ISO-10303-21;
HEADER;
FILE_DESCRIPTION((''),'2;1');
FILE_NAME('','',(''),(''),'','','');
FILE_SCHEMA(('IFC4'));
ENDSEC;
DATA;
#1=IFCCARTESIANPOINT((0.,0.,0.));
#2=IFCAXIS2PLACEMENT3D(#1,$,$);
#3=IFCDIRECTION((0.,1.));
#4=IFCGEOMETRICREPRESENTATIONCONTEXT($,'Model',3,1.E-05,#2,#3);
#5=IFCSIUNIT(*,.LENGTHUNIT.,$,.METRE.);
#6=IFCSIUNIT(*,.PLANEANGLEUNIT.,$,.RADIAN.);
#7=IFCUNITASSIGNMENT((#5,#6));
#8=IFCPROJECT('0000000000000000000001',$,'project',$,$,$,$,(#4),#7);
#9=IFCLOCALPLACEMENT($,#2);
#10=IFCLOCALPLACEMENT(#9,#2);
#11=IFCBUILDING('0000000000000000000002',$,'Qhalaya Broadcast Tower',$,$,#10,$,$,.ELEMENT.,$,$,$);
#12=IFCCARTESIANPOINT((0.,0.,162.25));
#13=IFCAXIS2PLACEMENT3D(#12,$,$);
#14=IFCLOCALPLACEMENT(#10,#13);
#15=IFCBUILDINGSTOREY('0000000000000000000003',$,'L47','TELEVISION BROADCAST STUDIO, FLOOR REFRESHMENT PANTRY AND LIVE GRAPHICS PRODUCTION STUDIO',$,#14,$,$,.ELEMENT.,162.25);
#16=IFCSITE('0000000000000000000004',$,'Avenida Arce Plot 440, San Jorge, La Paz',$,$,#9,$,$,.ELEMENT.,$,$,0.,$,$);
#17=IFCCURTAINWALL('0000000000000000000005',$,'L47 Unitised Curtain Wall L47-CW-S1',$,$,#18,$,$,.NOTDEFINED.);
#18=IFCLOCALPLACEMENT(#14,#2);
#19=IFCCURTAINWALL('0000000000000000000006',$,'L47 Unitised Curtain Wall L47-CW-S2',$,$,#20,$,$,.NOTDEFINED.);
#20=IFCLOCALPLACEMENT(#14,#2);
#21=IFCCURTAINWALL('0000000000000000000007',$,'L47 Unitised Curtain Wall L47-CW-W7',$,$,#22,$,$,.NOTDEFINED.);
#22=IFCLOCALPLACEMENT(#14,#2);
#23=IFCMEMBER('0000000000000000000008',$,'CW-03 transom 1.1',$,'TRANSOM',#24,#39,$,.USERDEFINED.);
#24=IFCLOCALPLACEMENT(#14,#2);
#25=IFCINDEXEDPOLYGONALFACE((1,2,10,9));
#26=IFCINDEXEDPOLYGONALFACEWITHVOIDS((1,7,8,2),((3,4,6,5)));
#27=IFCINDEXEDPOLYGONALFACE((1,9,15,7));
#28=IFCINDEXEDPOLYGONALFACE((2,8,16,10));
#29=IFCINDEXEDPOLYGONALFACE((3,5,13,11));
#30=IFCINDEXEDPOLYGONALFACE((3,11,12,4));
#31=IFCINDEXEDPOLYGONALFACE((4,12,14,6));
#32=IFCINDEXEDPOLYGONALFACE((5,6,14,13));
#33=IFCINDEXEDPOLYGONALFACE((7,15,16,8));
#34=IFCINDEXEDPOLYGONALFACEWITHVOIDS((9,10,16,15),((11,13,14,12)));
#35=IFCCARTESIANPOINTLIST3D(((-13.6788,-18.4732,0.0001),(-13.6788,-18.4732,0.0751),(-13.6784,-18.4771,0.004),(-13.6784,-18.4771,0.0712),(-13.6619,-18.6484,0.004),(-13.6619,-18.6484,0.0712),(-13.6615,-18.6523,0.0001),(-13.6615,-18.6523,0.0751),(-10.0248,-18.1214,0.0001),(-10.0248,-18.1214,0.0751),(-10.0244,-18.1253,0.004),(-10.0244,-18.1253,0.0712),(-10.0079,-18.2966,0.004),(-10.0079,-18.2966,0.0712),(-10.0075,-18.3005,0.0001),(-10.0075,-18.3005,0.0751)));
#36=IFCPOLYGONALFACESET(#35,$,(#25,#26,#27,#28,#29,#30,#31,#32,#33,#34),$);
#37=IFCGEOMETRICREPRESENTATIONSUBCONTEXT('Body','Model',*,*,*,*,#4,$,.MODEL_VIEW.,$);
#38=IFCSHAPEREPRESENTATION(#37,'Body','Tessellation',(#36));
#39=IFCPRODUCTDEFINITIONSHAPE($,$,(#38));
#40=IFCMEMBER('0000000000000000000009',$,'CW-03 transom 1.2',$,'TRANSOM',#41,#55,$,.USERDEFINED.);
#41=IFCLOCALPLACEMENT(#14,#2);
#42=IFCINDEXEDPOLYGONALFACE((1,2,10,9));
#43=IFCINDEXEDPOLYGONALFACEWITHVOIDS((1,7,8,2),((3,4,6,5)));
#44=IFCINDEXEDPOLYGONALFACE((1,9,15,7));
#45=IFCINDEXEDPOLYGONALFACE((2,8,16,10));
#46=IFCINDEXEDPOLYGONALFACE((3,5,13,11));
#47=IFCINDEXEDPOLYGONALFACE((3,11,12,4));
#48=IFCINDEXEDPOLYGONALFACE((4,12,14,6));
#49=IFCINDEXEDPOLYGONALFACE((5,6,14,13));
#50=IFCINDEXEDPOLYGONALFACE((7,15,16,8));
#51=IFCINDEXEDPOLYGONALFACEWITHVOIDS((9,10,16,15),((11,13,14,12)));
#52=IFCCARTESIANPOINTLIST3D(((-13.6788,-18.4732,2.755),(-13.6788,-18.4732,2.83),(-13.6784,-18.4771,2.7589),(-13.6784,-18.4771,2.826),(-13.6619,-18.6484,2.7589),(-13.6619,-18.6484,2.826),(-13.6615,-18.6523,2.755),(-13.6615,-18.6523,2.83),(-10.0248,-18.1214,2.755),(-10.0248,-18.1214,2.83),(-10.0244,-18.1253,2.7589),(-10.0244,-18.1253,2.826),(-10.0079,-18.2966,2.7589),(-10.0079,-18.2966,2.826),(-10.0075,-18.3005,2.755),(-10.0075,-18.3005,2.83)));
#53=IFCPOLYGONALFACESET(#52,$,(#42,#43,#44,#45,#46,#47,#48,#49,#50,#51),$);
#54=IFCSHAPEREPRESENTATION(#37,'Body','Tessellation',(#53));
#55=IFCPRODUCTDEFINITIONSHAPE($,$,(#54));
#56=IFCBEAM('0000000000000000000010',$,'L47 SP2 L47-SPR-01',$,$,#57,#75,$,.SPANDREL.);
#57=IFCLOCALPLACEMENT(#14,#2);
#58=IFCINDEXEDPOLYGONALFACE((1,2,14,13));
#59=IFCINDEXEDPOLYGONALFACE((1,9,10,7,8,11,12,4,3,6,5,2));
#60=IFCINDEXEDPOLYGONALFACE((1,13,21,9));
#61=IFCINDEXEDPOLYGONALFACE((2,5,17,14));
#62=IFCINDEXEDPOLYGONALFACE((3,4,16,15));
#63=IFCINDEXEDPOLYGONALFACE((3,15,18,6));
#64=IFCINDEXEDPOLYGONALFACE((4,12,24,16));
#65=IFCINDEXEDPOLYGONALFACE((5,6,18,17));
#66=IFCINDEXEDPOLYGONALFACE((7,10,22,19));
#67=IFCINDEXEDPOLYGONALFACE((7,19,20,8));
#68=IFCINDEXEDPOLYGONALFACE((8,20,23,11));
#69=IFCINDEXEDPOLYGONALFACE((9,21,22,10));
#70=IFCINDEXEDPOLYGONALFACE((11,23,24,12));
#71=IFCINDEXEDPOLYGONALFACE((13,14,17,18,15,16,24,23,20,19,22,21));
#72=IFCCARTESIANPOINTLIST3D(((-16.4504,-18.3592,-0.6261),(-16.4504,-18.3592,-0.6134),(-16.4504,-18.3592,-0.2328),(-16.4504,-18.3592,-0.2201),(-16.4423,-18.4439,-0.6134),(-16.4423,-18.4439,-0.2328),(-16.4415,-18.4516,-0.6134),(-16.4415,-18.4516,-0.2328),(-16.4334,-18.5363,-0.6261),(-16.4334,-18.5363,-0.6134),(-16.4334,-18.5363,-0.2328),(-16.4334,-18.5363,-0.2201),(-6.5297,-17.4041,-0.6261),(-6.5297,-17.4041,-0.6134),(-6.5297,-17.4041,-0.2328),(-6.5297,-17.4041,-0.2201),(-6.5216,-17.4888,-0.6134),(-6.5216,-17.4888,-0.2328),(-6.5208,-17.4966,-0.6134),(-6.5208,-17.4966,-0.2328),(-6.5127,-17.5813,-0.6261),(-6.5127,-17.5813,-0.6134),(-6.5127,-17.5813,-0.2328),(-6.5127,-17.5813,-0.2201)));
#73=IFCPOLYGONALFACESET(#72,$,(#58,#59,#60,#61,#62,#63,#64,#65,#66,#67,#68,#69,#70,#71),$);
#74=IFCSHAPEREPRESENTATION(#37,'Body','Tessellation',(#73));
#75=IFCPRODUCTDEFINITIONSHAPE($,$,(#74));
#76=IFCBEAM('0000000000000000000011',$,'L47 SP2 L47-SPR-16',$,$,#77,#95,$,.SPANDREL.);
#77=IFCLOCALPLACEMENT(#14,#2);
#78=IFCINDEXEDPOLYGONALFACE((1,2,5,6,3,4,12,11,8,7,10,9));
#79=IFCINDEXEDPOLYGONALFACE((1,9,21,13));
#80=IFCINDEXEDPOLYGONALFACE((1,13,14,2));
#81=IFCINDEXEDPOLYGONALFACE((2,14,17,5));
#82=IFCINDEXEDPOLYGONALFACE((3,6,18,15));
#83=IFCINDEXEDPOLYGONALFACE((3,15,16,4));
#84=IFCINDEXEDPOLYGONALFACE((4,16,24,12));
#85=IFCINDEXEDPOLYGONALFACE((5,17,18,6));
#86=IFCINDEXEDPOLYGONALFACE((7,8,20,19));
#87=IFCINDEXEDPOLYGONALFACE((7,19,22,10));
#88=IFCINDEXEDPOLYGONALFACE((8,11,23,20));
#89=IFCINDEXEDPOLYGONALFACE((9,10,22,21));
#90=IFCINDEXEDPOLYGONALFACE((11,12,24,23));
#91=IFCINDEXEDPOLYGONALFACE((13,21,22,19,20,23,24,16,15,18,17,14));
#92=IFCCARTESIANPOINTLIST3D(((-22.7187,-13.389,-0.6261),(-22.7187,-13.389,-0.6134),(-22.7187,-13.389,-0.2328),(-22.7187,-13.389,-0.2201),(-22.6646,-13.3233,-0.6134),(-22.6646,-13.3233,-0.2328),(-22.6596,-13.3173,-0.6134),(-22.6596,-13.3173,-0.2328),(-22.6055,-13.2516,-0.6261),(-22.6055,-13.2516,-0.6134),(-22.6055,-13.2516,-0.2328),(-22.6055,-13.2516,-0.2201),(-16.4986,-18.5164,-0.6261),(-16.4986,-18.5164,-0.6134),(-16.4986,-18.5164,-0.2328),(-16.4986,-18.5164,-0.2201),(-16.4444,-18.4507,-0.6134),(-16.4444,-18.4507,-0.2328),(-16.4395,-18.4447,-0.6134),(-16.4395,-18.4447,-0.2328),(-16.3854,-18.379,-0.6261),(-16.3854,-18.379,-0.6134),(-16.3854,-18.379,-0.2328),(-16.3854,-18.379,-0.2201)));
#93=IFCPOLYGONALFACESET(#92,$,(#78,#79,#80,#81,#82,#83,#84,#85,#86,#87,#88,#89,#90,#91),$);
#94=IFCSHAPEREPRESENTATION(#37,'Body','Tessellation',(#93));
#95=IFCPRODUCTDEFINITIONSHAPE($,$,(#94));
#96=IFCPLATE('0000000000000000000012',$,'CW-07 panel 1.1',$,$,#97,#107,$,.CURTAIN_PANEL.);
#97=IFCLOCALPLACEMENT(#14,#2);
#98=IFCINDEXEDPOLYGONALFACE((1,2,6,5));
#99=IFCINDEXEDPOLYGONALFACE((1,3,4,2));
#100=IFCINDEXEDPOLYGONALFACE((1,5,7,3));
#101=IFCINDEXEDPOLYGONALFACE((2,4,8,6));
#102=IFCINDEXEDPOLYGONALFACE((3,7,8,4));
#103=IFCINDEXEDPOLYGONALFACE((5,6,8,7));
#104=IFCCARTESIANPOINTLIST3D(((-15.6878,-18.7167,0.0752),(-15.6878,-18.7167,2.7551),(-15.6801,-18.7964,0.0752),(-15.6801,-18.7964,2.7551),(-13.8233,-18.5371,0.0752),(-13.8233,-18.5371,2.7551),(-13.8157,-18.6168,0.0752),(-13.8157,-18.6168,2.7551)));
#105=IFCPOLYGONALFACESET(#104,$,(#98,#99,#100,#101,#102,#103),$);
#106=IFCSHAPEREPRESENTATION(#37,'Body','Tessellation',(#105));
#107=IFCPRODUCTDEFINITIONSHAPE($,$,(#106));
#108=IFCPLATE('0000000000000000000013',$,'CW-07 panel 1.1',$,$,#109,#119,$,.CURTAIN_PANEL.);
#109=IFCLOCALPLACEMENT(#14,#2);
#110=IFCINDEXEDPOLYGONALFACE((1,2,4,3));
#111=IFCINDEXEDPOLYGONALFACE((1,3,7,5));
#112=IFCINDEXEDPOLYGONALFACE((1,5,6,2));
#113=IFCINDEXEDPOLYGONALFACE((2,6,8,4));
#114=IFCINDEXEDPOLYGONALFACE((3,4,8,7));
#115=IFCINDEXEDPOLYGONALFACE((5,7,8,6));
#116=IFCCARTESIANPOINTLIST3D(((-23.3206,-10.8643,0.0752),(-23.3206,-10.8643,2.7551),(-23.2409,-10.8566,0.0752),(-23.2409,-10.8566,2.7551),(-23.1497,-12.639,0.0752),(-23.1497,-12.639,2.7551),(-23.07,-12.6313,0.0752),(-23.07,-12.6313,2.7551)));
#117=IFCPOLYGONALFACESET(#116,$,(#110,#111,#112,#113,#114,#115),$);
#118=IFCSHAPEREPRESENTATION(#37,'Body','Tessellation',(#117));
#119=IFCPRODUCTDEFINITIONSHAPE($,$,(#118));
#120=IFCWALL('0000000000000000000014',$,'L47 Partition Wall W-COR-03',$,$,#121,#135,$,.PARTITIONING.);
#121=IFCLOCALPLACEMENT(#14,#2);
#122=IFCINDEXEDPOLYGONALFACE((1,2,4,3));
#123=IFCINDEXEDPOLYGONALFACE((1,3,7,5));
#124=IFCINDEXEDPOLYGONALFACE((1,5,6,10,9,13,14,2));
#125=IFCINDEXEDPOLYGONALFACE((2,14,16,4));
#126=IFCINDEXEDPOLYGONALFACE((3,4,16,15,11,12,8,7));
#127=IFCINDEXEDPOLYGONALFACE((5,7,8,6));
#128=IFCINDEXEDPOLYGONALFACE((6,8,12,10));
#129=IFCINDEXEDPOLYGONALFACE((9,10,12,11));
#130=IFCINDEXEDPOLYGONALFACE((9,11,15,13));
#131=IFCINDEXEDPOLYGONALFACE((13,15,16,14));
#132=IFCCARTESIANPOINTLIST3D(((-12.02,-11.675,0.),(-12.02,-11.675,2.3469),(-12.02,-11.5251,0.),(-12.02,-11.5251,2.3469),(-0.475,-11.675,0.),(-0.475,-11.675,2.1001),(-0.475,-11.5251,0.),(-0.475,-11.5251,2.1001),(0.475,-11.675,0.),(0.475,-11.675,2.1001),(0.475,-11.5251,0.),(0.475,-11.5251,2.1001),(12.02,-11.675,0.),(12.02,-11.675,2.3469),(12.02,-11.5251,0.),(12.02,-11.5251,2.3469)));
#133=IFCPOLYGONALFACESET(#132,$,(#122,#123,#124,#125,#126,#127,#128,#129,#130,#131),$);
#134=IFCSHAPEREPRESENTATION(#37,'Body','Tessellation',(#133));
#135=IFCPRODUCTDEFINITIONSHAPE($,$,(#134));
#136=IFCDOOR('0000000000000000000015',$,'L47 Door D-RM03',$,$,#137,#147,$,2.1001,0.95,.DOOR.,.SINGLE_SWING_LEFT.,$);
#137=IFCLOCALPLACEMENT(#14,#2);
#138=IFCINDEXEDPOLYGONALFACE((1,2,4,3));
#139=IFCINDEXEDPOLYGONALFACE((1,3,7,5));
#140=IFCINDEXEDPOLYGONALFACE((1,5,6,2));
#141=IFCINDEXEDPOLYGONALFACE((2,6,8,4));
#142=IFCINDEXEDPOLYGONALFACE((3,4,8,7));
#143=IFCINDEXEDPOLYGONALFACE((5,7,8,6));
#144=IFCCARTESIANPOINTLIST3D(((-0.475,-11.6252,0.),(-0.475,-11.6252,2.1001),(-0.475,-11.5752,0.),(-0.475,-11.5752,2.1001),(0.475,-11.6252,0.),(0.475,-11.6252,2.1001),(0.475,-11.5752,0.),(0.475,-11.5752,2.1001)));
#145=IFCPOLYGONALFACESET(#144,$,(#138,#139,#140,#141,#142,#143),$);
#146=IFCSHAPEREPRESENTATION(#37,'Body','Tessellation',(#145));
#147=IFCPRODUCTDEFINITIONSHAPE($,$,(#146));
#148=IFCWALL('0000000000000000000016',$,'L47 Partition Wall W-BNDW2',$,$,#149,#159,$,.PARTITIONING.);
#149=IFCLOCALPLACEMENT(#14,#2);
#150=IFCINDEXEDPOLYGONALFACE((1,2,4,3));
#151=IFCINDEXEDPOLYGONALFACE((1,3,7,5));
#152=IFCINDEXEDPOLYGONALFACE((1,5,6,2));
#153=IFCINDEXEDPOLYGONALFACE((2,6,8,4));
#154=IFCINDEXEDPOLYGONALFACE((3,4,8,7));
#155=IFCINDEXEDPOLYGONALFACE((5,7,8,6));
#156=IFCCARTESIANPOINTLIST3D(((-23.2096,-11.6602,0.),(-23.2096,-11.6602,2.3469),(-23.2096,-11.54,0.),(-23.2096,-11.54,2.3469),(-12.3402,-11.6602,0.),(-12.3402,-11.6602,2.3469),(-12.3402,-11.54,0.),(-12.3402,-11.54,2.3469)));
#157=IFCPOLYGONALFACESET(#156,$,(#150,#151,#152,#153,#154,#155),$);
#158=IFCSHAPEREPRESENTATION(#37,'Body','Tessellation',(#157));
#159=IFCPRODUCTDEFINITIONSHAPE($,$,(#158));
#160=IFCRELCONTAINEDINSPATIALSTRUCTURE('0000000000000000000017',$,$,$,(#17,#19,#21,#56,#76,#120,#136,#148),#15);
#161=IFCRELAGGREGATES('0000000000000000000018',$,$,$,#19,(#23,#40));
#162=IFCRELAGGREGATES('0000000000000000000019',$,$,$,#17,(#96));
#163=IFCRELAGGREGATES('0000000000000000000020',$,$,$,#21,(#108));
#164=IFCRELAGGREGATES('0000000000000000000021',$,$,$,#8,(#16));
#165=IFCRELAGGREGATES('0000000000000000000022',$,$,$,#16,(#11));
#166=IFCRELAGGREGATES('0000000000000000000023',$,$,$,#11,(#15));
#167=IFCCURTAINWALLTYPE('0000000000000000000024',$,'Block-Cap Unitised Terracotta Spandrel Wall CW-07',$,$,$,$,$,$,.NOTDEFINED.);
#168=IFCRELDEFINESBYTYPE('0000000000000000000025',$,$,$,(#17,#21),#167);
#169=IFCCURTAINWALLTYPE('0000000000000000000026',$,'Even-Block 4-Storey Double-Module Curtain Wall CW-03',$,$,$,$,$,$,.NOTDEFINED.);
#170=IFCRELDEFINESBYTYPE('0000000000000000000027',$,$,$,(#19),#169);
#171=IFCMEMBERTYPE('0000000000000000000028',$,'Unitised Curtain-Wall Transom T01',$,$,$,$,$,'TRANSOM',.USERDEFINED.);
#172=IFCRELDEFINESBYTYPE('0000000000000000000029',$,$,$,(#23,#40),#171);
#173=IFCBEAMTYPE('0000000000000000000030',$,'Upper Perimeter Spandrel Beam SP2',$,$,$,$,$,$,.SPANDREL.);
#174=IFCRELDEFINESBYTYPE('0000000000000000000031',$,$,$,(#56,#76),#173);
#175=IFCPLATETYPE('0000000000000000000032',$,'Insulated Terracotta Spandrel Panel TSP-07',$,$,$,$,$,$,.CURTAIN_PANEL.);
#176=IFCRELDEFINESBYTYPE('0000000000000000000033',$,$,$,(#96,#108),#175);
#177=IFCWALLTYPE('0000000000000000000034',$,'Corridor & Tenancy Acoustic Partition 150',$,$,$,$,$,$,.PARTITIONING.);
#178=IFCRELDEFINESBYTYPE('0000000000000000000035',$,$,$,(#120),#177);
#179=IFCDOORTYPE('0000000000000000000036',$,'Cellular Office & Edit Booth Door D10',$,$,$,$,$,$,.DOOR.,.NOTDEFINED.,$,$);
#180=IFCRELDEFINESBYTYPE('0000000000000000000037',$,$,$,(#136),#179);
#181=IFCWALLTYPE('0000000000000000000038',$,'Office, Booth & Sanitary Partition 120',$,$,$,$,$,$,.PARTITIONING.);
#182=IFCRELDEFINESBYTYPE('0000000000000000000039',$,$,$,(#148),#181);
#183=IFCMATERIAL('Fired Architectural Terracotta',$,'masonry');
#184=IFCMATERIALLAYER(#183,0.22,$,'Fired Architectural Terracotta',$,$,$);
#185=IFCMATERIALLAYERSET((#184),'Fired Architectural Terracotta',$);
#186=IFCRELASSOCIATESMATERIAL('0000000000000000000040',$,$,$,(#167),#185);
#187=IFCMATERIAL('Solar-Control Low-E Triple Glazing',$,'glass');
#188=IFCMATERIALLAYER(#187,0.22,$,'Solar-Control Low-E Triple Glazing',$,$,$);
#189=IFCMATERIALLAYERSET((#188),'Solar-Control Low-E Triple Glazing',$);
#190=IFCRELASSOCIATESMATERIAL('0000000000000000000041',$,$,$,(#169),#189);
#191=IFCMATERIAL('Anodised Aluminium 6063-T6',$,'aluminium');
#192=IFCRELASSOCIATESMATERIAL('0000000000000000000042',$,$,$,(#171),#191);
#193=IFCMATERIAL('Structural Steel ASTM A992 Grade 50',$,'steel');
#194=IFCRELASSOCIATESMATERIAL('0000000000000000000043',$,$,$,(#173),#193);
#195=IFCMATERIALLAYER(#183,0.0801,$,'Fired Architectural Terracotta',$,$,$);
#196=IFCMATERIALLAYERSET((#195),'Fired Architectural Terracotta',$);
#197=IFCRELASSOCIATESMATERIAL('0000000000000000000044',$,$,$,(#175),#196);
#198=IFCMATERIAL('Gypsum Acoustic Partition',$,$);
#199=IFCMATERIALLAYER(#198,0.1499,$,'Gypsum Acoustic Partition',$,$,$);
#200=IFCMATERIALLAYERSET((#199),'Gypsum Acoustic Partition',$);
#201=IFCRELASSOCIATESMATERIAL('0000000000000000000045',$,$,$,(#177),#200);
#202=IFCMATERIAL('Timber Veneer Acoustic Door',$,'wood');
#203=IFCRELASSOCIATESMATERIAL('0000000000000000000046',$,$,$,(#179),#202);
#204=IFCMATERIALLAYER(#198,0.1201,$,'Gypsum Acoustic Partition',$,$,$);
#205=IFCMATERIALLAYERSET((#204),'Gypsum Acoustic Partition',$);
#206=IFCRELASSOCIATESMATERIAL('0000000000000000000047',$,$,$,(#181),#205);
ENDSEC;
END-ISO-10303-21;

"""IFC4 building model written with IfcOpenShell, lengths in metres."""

from ifc_helpers import new_model, si_unit, direction, frame, frame_2d, origin, origin_2d, place, context, subcontext, project, spatial, rectangle, hollow_rectangle, i_section, extrude, material, layer, layer_set, material_profile, profile_set, type_object, element, fill, aggregate, save


model = new_model("IFC4")

# Units and contexts
model_context = context("Model", 3, precision=1e-05, world=origin(), true_north=direction((0.0, 1.0)))
body_context = subcontext(model_context, "Body", "Model", "MODEL_VIEW")
ifc_project = project(units=[si_unit("LENGTHUNIT", "METRE"), si_unit("PLANEANGLEUNIT", "RADIAN")], contexts=[model_context])

# Site, building, storey
site_placement = place(None, origin())
site = spatial("IfcSite", under=ifc_project, at=site_placement, Name="Avenida Arce Plot 440, San Jorge, La Paz", CompositionType="ELEMENT", RefElevation=0.0)
building_placement = place(site_placement, origin())
building = spatial("IfcBuilding", under=site, at=building_placement, Name="Qhalaya Broadcast Tower", CompositionType="ELEMENT")
storey_placement = place(building_placement, frame((0.0, 0.0, 162.25)))
storey = spatial("IfcBuildingStorey", under=building, at=storey_placement, Name="L47", Description="TELEVISION BROADCAST STUDIO, FLOOR REFRESHMENT PANTRY AND LIVE GRAPHICS PRODUCTION STUDIO", CompositionType="ELEMENT", Elevation=162.25)

# Shared definitions
ifc_material_1 = material(Name="Structural Steel ASTM A992 Grade 50", Category="steel")

# Curtain wall
ifc_material_2 = material(Name="Fired Architectural Terracotta", Category="masonry")
ifc_layer_1 = layer(ifc_material_2, 0.22, Name="Fired Architectural Terracotta")
ifc_layer_set_1 = layer_set([ifc_layer_1], Name="Fired Architectural Terracotta")
curtain_wall_type_1 = type_object("IfcCurtainWallType", Name="Block-Cap Unitised Terracotta Spandrel Wall CW-07", PredefinedType="NOTDEFINED", material=ifc_layer_set_1)
curtain_wall_1_placement = place(storey_placement, origin())
curtain_wall_1 = element("IfcCurtainWall", 1, at=curtain_wall_1_placement, inside=storey, type_object=curtain_wall_type_1, Name="L47 Unitised Curtain Wall L47-CW-S1", PredefinedType="NOTDEFINED")
ifc_material_3 = material(Name="Anodised Aluminium 6063-T6", Category="aluminium")

# Curtain walls
ifc_material_4 = material(Name="Solar-Control Low-E Triple Glazing", Category="glass")
ifc_layer_2 = layer(ifc_material_4, 0.22, Name="Solar-Control Low-E Triple Glazing")
ifc_layer_set_2 = layer_set([ifc_layer_2], Name="Solar-Control Low-E Triple Glazing")
curtain_wall_type_2 = type_object("IfcCurtainWallType", Name="Even-Block 4-Storey Double-Module Curtain Wall CW-03", PredefinedType="NOTDEFINED", material=ifc_layer_set_2)
curtain_wall_2_placement = place(storey_placement, origin())
curtain_wall_2 = element("IfcCurtainWall", 2, at=curtain_wall_2_placement, inside=storey, type_object=curtain_wall_type_2, Name="L47 Unitised Curtain Wall L47-CW-S2", PredefinedType="NOTDEFINED")
curtain_wall_3_placement = place(storey_placement, origin())
curtain_wall_3 = element("IfcCurtainWall", 3, at=curtain_wall_3_placement, inside=storey, type_object=curtain_wall_type_1, Name="L47 Unitised Curtain Wall L47-CW-W7", PredefinedType="NOTDEFINED")

# Members
ifc_material_profile_1 = material_profile(ifc_material_3, hollow_rectangle(XDim=0.075, YDim=0.1799, WallThickness=0.0039, at=origin_2d()), Name="ALU-TRN 75x180x4")
ifc_profile_set_1 = profile_set([ifc_material_profile_1], Name="Anodised Aluminium 6063-T6")
member_type_1 = type_object("IfcMemberType", Name="Unitised Curtain-Wall Transom T01", ElementType="TRANSOM", PredefinedType="USERDEFINED", material=ifc_profile_set_1)
member_1_placement = place(storey_placement, frame((-13.6702, -18.5627, 0.0376), z_axis=(0.995397, 0.095835, 0.0), x_axis=(0.0, 0.0, 1.0)))
member_1 = element("IfcMember", 4, at=member_1_placement, type_object=member_type_1, Name="CW-03 transom 1.1", ObjectType="TRANSOM", PredefinedType="USERDEFINED", context=body_context, shape_type="SweptSolid", body=[
    extrude(hollow_rectangle(XDim=0.075, YDim=0.1799, WallThickness=0.0039, at=origin_2d()), origin(), (0.0, 0.0, 1.0), 3.6709),
])
member_2_placement = place(storey_placement, frame((-13.6702, -18.5627, 2.7925), z_axis=(0.995397, 0.095835, 0.0), x_axis=(0.0, 0.0, 1.0)))
member_2 = element("IfcMember", 5, at=member_2_placement, type_object=member_type_1, Name="CW-03 transom 1.2", ObjectType="TRANSOM", PredefinedType="USERDEFINED", context=body_context, shape_type="SweptSolid", body=[
    extrude(hollow_rectangle(XDim=0.075, YDim=0.1799, WallThickness=0.0039, at=origin_2d()), origin(), (0.0, 0.0, 1.0), 3.6709),
])
aggregate(curtain_wall_2, [member_1, member_2])

# Beams
ifc_material_profile_2 = material_profile(ifc_material_1, i_section(OverallWidth=0.178, OverallDepth=0.406, WebThickness=0.0078, FlangeThickness=0.0127, at=origin_2d()), Name="W16X40")
ifc_profile_set_2 = profile_set([ifc_material_profile_2], Name="Structural Steel ASTM A992 Grade 50")
beam_type_1 = type_object("IfcBeamType", Name="Upper Perimeter Spandrel Beam SP2", PredefinedType="SPANDREL", material=ifc_profile_set_2)
beam_1_placement = place(storey_placement, frame((-16.4419, -18.4478, -0.4231), z_axis=(0.995398, 0.095829, 0.0), x_axis=(-0.095829, 0.995398, 0.0)))
element("IfcBeam", 6, at=beam_1_placement, inside=storey, type_object=beam_type_1, Name="L47 SP2 L47-SPR-01", PredefinedType="SPANDREL", context=body_context, shape_type="SweptSolid", body=[
    extrude(i_section(OverallWidth=0.178, OverallDepth=0.406, WebThickness=0.0078, FlangeThickness=0.0127, at=origin_2d()), origin(), (0.0, 0.0, 1.0), 9.9666),
])
beam_2_placement = place(storey_placement, frame((-22.6621, -13.3203, -0.4231), z_axis=(0.771631, -0.63607, 0.0), x_axis=(0.63607, 0.771631, 0.0)))
element("IfcBeam", 7, at=beam_2_placement, inside=storey, type_object=beam_type_1, Name="L47 SP2 L47-SPR-16", PredefinedType="SPANDREL", context=body_context, shape_type="SweptSolid", body=[
    extrude(i_section(OverallWidth=0.178, OverallDepth=0.406, WebThickness=0.0078, FlangeThickness=0.0127, at=origin_2d()), origin(), (0.0, 0.0, 1.0), 8.061),
])

# Plates
ifc_layer_3 = layer(ifc_material_2, 0.0801, Name="Fired Architectural Terracotta")
ifc_layer_set_3 = layer_set([ifc_layer_3], Name="Fired Architectural Terracotta")
plate_type = type_object("IfcPlateType", Name="Insulated Terracotta Spandrel Panel TSP-07", PredefinedType="CURTAIN_PANEL", material=ifc_layer_set_3)
plate_1_placement = place(storey_placement, frame((-14.7517, -18.6667, 0.0752), z_axis=(0.0, 0.0, 1.0), x_axis=(0.995396, 0.095847, 0.0)))
plate_1 = element("IfcPlate", 8, at=plate_1_placement, type_object=plate_type, Name="CW-07 panel 1.1", PredefinedType="CURTAIN_PANEL", context=body_context, shape_type="SweptSolid", body=[
    extrude(rectangle(XDim=1.873, YDim=0.0801, at=origin_2d()), origin(), (0.0, 0.0, 1.0), 2.6799),
])
aggregate(curtain_wall_1, [plate_1])
plate_2_placement = place(storey_placement, frame((-23.1953, -11.7478, 0.0752), z_axis=(0.0, 0.0, 1.0), x_axis=(0.095861, -0.995395, 0.0)))
plate_2 = element("IfcPlate", 9, at=plate_2_placement, type_object=plate_type, Name="CW-07 panel 1.1", PredefinedType="CURTAIN_PANEL", context=body_context, shape_type="SweptSolid", body=[
    extrude(rectangle(XDim=1.783, YDim=0.0801, at=origin_2d()), origin(), (0.0, 0.0, 1.0), 2.6799),
])
aggregate(curtain_wall_3, [plate_2])

# Wall, opening, door
ifc_material_5 = material(Name="Gypsum Acoustic Partition")
ifc_layer_4 = layer(ifc_material_5, 0.1499, Name="Gypsum Acoustic Partition")
ifc_layer_set_4 = layer_set([ifc_layer_4], Name="Gypsum Acoustic Partition")
wall_type_1 = type_object("IfcWallType", Name="Corridor & Tenancy Acoustic Partition 150", PredefinedType="PARTITIONING", material=ifc_layer_set_4)
wall_1_placement = place(storey_placement, frame((-12.02, -11.6001, 0.0), z_axis=(0.0, 0.0, 1.0), x_axis=(1.0, 0.0, 0.0)))
wall_1 = element("IfcWall", 10, at=wall_1_placement, inside=storey, type_object=wall_type_1, Name="L47 Partition Wall W-COR-03", PredefinedType="PARTITIONING", context=body_context, shape_type="SweptSolid", body=[
    extrude(rectangle(XDim=24.04, YDim=0.1499, at=frame_2d((12.02, 0.0))), origin(), (0.0, 0.0, 1.0), 2.3469),
])
opening_placement = place(wall_1_placement, frame((11.5449, 0.0, 0.0)))
opening = element("IfcOpeningElement", 11, at=opening_placement, cuts=wall_1, PredefinedType="OPENING", context=body_context, shape_type="SweptSolid", body=[
    extrude(rectangle(XDim=0.95, YDim=2.1001, at=frame_2d((0.4751, 1.05))), frame((0.0, 0.0869, 0.0), z_axis=(0.0, -1.0, 0.0), x_axis=(1.0, 0.0, 0.0)), (0.0, 0.0, 1.0), 0.1738),
])
ifc_material_6 = material(Name="Timber Veneer Acoustic Door", Category="wood")
door_type = type_object("IfcDoorType", Name="Cellular Office & Edit Booth Door D10", OperationType="NOTDEFINED", PredefinedType="DOOR", material=ifc_material_6)
door_placement = place(opening_placement, origin())
door = element("IfcDoor", 12, at=door_placement, inside=storey, type_object=door_type, Name="L47 Door D-RM03", OperationType="SINGLE_SWING_LEFT", OverallHeight=2.1001, OverallWidth=0.95, PredefinedType="DOOR", context=body_context, shape_type="SweptSolid", body=[
    extrude(rectangle(XDim=0.95, YDim=2.1001, at=frame_2d((0.4751, 1.05))), frame((0.0, 0.0249, 0.0), z_axis=(0.0, -1.0, 0.0), x_axis=(1.0, 0.0, 0.0)), (0.0, 0.0, 1.0), 0.05),
])
fill(opening, door)

# Wall
ifc_layer_5 = layer(ifc_material_5, 0.1201, Name="Gypsum Acoustic Partition")
ifc_layer_set_5 = layer_set([ifc_layer_5], Name="Gypsum Acoustic Partition")
wall_type_2 = type_object("IfcWallType", Name="Office, Booth & Sanitary Partition 120", PredefinedType="PARTITIONING", material=ifc_layer_set_5)
wall_2_placement = place(storey_placement, frame((-23.2095, -11.6001, 0.0), z_axis=(0.0, 0.0, 1.0), x_axis=(1.0, 0.0, 0.0)))
element("IfcWall", 13, at=wall_2_placement, inside=storey, type_object=wall_type_2, Name="L47 Partition Wall W-BNDW2", PredefinedType="PARTITIONING", context=body_context, shape_type="SweptSolid", body=[
    extrude(rectangle(XDim=10.8694, YDim=0.1201, at=frame_2d((5.4346, 0.0))), origin(), (0.0, 0.0, 1.0), 2.3469),
])

save(model, "model.ifc")
